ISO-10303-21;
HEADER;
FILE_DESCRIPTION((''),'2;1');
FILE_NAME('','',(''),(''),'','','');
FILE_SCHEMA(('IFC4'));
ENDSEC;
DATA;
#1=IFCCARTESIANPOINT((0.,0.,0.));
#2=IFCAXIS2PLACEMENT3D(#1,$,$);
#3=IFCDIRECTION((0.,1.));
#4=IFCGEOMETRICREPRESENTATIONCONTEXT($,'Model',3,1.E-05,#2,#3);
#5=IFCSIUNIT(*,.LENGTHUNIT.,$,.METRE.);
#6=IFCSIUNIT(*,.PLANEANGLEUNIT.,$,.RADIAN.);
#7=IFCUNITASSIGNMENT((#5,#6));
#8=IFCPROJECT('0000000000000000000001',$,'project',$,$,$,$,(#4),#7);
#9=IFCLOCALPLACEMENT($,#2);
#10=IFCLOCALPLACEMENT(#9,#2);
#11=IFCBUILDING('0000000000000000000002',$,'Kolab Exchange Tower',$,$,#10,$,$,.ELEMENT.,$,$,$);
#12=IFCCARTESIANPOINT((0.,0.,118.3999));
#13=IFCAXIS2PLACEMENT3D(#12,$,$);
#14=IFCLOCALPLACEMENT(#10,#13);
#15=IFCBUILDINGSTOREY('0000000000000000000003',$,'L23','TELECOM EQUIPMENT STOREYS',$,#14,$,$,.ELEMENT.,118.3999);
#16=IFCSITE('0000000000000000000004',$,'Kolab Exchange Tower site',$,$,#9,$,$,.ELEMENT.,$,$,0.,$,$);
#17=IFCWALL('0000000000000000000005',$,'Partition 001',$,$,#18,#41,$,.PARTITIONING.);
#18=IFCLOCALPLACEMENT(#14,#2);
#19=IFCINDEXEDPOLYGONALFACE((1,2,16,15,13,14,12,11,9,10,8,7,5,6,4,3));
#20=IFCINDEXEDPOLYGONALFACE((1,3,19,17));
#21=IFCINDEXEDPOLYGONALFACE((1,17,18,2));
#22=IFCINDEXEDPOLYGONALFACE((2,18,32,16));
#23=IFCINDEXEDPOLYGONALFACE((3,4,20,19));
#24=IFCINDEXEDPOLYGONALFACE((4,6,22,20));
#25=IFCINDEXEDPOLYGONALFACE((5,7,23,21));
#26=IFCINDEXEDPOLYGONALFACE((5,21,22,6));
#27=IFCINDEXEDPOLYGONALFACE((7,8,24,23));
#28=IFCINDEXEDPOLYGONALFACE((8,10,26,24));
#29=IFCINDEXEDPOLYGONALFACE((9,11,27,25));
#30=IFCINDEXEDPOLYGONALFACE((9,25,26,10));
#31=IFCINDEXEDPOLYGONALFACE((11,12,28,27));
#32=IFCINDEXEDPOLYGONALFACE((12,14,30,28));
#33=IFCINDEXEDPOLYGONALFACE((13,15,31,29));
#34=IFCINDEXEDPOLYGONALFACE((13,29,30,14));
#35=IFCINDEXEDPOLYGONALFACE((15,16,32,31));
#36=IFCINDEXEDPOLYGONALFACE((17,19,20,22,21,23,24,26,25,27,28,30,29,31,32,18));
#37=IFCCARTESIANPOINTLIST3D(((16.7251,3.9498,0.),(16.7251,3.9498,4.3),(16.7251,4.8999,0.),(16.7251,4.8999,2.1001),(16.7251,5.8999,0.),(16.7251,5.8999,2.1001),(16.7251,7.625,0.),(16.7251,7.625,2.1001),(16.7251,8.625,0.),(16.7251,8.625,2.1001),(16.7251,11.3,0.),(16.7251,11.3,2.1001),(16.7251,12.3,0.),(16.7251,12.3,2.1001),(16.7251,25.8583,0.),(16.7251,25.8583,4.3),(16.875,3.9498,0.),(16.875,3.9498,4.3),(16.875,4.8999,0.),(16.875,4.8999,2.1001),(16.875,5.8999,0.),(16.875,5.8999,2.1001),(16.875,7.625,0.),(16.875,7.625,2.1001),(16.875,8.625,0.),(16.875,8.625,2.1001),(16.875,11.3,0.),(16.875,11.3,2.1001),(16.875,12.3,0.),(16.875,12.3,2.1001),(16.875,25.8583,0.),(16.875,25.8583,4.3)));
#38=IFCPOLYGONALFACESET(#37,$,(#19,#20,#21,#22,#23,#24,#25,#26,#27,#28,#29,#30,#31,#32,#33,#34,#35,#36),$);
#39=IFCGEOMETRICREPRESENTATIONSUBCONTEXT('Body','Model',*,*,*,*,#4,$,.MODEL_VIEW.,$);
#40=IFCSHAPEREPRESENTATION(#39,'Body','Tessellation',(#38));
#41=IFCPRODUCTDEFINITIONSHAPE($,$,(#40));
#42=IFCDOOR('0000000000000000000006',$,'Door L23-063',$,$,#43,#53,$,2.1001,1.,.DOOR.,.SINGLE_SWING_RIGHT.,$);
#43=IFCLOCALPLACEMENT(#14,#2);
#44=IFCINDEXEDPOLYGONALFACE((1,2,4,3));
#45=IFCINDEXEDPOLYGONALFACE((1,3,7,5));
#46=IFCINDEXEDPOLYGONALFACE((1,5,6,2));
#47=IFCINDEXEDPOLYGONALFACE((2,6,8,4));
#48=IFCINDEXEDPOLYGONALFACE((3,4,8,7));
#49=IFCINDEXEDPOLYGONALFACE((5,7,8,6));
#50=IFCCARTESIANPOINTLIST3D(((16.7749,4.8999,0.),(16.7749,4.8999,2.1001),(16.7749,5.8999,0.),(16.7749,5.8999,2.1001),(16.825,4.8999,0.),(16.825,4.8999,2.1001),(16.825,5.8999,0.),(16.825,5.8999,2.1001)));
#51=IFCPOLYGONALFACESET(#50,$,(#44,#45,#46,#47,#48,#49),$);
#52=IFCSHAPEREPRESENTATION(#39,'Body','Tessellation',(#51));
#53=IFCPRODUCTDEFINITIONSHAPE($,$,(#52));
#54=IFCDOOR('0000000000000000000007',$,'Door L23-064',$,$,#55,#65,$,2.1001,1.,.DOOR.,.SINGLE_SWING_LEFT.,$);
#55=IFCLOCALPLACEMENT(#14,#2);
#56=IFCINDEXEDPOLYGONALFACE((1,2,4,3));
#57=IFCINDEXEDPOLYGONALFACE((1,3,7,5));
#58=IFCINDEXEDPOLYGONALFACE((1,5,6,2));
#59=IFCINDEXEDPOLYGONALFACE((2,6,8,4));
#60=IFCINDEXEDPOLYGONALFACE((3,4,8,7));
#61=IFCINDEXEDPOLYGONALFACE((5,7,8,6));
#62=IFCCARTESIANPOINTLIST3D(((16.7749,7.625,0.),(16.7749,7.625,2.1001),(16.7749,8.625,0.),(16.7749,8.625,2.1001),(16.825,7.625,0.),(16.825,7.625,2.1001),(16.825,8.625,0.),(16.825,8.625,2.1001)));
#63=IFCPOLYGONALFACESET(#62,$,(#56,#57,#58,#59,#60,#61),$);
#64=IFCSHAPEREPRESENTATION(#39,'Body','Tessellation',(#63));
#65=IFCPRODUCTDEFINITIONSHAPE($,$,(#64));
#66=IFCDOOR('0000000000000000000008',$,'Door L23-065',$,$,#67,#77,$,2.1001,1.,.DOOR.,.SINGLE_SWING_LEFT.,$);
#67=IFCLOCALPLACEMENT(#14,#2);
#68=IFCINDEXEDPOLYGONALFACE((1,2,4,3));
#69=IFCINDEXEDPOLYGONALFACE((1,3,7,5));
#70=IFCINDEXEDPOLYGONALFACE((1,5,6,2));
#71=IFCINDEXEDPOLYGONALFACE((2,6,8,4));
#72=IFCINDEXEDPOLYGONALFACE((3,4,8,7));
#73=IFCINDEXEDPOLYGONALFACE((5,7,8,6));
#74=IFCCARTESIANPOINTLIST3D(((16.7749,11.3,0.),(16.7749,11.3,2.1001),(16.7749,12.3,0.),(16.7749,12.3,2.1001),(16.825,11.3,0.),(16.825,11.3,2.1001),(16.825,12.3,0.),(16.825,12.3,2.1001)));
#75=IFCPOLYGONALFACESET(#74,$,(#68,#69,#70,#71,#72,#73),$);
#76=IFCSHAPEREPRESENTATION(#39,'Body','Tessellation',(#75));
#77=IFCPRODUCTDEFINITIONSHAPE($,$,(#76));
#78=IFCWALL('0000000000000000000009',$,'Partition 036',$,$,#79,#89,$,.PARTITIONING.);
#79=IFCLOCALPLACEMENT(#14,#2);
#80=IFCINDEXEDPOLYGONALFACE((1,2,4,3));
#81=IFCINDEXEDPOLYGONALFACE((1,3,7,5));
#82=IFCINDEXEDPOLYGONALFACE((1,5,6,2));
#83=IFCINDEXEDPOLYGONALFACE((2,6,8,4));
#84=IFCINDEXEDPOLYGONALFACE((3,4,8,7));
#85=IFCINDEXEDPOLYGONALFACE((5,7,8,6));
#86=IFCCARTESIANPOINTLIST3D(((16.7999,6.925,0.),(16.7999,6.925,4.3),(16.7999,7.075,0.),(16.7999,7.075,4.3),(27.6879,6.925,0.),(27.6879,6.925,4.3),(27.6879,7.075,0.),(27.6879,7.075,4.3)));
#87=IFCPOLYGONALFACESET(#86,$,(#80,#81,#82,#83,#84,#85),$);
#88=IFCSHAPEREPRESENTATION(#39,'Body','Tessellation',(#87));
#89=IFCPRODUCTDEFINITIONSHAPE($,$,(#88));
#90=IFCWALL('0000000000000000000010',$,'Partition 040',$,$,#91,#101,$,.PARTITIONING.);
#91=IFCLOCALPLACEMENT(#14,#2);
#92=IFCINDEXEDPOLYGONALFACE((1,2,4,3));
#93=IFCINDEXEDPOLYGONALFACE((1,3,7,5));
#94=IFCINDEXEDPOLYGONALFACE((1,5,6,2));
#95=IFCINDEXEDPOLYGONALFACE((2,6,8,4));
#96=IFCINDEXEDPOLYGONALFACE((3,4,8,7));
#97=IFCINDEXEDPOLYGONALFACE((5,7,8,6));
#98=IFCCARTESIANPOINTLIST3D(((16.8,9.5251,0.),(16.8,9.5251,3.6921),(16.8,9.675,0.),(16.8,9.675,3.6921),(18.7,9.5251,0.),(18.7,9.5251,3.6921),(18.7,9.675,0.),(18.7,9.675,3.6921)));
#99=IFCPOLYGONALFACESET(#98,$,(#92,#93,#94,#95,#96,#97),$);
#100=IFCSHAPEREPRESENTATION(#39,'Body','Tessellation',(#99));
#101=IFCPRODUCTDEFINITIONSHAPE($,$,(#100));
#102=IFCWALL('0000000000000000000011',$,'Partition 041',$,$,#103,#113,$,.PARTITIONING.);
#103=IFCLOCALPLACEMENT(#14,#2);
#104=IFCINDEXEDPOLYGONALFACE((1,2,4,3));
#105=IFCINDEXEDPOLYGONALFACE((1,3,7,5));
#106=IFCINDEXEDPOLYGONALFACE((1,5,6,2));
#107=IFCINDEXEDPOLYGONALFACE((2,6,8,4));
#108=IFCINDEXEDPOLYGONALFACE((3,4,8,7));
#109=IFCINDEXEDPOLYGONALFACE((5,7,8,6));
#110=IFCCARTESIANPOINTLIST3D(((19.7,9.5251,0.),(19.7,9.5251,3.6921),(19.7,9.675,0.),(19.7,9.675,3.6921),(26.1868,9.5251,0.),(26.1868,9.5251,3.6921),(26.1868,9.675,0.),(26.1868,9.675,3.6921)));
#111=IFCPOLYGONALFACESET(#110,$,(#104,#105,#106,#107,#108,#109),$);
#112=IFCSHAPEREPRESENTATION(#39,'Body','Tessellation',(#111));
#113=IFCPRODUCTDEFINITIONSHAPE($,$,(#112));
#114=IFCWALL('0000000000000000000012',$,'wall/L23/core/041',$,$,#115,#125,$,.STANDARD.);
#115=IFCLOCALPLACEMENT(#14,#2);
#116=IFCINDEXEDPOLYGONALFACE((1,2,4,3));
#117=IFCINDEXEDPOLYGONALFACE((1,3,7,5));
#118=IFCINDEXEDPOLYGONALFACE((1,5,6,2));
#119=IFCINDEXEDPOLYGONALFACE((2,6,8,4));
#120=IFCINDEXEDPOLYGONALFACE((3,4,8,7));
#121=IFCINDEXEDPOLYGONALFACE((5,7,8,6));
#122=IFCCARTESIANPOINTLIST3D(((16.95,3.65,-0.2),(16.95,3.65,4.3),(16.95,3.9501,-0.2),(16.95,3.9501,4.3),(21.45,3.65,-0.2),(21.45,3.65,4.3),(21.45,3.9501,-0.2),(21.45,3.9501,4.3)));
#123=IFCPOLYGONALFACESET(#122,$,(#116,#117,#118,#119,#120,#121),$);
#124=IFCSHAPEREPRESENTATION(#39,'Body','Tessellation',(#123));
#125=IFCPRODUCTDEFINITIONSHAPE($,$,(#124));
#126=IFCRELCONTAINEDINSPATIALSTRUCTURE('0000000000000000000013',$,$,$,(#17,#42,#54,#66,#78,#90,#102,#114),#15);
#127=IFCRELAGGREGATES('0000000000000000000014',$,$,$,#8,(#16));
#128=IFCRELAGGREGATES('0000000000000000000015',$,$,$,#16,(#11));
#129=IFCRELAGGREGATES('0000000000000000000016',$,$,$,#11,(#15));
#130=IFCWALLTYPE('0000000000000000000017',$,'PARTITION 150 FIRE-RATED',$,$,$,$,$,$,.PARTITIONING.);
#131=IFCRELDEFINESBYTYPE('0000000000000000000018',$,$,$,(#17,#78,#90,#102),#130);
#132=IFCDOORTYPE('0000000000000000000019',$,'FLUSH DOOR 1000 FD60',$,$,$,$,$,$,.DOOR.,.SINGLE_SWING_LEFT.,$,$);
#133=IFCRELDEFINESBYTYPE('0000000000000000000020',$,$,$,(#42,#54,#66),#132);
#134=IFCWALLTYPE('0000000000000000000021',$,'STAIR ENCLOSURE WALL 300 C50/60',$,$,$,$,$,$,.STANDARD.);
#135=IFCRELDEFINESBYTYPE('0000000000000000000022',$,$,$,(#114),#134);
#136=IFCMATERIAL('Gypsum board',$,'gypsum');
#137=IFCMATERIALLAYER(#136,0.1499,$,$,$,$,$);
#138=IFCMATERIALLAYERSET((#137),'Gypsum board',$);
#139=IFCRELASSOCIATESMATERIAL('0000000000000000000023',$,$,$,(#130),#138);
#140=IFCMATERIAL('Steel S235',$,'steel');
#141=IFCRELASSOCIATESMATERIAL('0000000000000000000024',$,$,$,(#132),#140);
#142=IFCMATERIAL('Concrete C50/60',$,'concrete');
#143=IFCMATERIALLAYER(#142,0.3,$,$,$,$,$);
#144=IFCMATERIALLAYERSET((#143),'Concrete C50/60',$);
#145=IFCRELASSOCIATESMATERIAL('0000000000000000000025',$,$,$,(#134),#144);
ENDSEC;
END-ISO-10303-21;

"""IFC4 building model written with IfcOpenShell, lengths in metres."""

from ifc_helpers import new_model, si_unit, direction, frame, frame_2d, origin, place, context, subcontext, project, spatial, rectangle, extrude, material, layer, layer_set, type_object, element, fill, save


model = new_model("IFC4")

# Units and contexts
model_context = context("Model", 3, precision=1e-05, world=origin(), true_north=direction((0.0, 1.0)))
body_context = subcontext(model_context, "Body", "Model", "MODEL_VIEW")
ifc_project = project(units=[si_unit("LENGTHUNIT", "METRE"), si_unit("PLANEANGLEUNIT", "RADIAN")], contexts=[model_context])

# Site, building, storey
site_placement = place(None, origin())
site = spatial("IfcSite", under=ifc_project, at=site_placement, Name="Kolab Exchange Tower site", CompositionType="ELEMENT", RefElevation=0.0)
building_placement = place(site_placement, origin())
building = spatial("IfcBuilding", under=site, at=building_placement, Name="Kolab Exchange Tower", CompositionType="ELEMENT")
storey_placement = place(building_placement, frame((0.0, 0.0, 118.3999)))
storey = spatial("IfcBuildingStorey", under=building, at=storey_placement, Name="L23", Description="TELECOM EQUIPMENT STOREYS", CompositionType="ELEMENT", Elevation=118.3999)

# Wall, openings, doors
ifc_material_1 = material(Name="Gypsum board", Category="gypsum")
ifc_layer_1 = layer(ifc_material_1, 0.1499)
ifc_layer_set_1 = layer_set([ifc_layer_1], Name="Gypsum board")
wall_type_1 = type_object("IfcWallType", Name="PARTITION 150 FIRE-RATED", PredefinedType="PARTITIONING", material=ifc_layer_set_1)
wall_1_placement = place(storey_placement, frame((16.8, 3.95, 0.0), z_axis=(0.0, 0.0, 1.0), x_axis=(0.0, 1.0, 0.0)))
wall_1 = element("IfcWall", 1, at=wall_1_placement, inside=storey, type_object=wall_type_1, Name="Partition 001", PredefinedType="PARTITIONING", context=body_context, shape_type="SweptSolid", body=[
    extrude(rectangle(XDim=21.9084, YDim=0.1499, at=frame_2d((10.9541, 0.0))), origin(), (0.0, 0.0, 1.0), 4.3),
])
opening_1_placement = place(wall_1_placement, frame((0.95, 0.0, 0.0)))
opening_1 = element("IfcOpeningElement", 2, at=opening_1_placement, cuts=wall_1, PredefinedType="OPENING", context=body_context, shape_type="SweptSolid", body=[
    extrude(rectangle(XDim=1.0, YDim=2.1001, at=frame_2d((0.5, 1.05))), frame((0.0, 0.085, 0.0), z_axis=(0.0, -1.0, 0.0), x_axis=(1.0, 0.0, 0.0)), (0.0, 0.0, 1.0), 0.1699),
])
opening_2_placement = place(wall_1_placement, frame((3.675, 0.0, 0.0)))
opening_2 = element("IfcOpeningElement", 3, at=opening_2_placement, cuts=wall_1, PredefinedType="OPENING", context=body_context, shape_type="SweptSolid", body=[
    extrude(rectangle(XDim=1.0, YDim=2.1001, at=frame_2d((0.5, 1.05))), frame((0.0, 0.085, 0.0), z_axis=(0.0, -1.0, 0.0), x_axis=(1.0, 0.0, 0.0)), (0.0, 0.0, 1.0), 0.1699),
])
opening_3_placement = place(wall_1_placement, frame((7.3501, 0.0, 0.0)))
opening_3 = element("IfcOpeningElement", 4, at=opening_3_placement, cuts=wall_1, PredefinedType="OPENING", context=body_context, shape_type="SweptSolid", body=[
    extrude(rectangle(XDim=1.0, YDim=2.1001, at=frame_2d((0.5, 1.05))), frame((0.0, 0.085, 0.0), z_axis=(0.0, -1.0, 0.0), x_axis=(1.0, 0.0, 0.0)), (0.0, 0.0, 1.0), 0.1699),
])
ifc_material_2 = material(Name="Steel S235", Category="steel")
door_type = type_object("IfcDoorType", Name="FLUSH DOOR 1000 FD60", OperationType="SINGLE_SWING_LEFT", PredefinedType="DOOR", material=ifc_material_2)
door_1_placement = place(opening_1_placement, frame((1.0, 0.0, 0.0), z_axis=(0.0, 0.0, 1.0), x_axis=(-1.0, 0.0, 0.0)))
door_1 = element("IfcDoor", 5, at=door_1_placement, inside=storey, type_object=door_type, Name="Door L23-063", OperationType="SINGLE_SWING_RIGHT", OverallHeight=2.1001, OverallWidth=1.0, PredefinedType="DOOR", context=body_context, shape_type="SweptSolid", body=[
    extrude(rectangle(XDim=1.0, YDim=2.1001, at=frame_2d((0.5, 1.05))), frame((0.0, 0.0249, 0.0), z_axis=(0.0, -1.0, 0.0), x_axis=(1.0, 0.0, 0.0)), (0.0, 0.0, 1.0), 0.05),
])
fill(opening_1, door_1)
door_2_placement = place(opening_2_placement, frame((1.0, 0.0, 0.0), z_axis=(0.0, 0.0, 1.0), x_axis=(-1.0, 0.0, 0.0)))
door_2 = element("IfcDoor", 6, at=door_2_placement, inside=storey, type_object=door_type, Name="Door L23-064", OperationType="SINGLE_SWING_LEFT", OverallHeight=2.1001, OverallWidth=1.0, PredefinedType="DOOR", context=body_context, shape_type="SweptSolid", body=[
    extrude(rectangle(XDim=1.0, YDim=2.1001, at=frame_2d((0.5, 1.05))), frame((0.0, 0.0249, 0.0), z_axis=(0.0, -1.0, 0.0), x_axis=(1.0, 0.0, 0.0)), (0.0, 0.0, 1.0), 0.05),
])
fill(opening_2, door_2)
door_3_placement = place(opening_3_placement, frame((1.0, 0.0, 0.0), z_axis=(0.0, 0.0, 1.0), x_axis=(-1.0, 0.0, 0.0)))
door_3 = element("IfcDoor", 7, at=door_3_placement, inside=storey, type_object=door_type, Name="Door L23-065", OperationType="SINGLE_SWING_LEFT", OverallHeight=2.1001, OverallWidth=1.0, PredefinedType="DOOR", context=body_context, shape_type="SweptSolid", body=[
    extrude(rectangle(XDim=1.0, YDim=2.1001, at=frame_2d((0.5, 1.05))), frame((0.0, 0.0249, 0.0), z_axis=(0.0, -1.0, 0.0), x_axis=(1.0, 0.0, 0.0)), (0.0, 0.0, 1.0), 0.05),
])
fill(opening_3, door_3)

# Walls
wall_2_placement = place(storey_placement, frame((16.8, 7.0, 0.0), z_axis=(0.0, 0.0, 1.0), x_axis=(1.0, 0.0, 0.0)))
element("IfcWall", 8, at=wall_2_placement, inside=storey, type_object=wall_type_1, Name="Partition 036", PredefinedType="PARTITIONING", context=body_context, shape_type="SweptSolid", body=[
    extrude(rectangle(XDim=10.8879, YDim=0.1499, at=frame_2d((5.4438, 0.0))), origin(), (0.0, 0.0, 1.0), 4.3),
])
wall_3_placement = place(storey_placement, frame((16.8, 9.6001, 0.0), z_axis=(0.0, 0.0, 1.0), x_axis=(1.0, 0.0, 0.0)))
element("IfcWall", 9, at=wall_3_placement, inside=storey, type_object=wall_type_1, Name="Partition 040", PredefinedType="PARTITIONING", context=body_context, shape_type="SweptSolid", body=[
    extrude(rectangle(XDim=1.8999, YDim=0.1499, at=frame_2d((0.95, 0.0))), origin(), (0.0, 0.0, 1.0), 3.6921),
])
wall_4_placement = place(storey_placement, frame((19.7, 9.6001, 0.0), z_axis=(0.0, 0.0, 1.0), x_axis=(1.0, 0.0, 0.0)))
element("IfcWall", 10, at=wall_4_placement, inside=storey, type_object=wall_type_1, Name="Partition 041", PredefinedType="PARTITIONING", context=body_context, shape_type="SweptSolid", body=[
    extrude(rectangle(XDim=6.4868, YDim=0.1499, at=frame_2d((3.2434, 0.0))), origin(), (0.0, 0.0, 1.0), 3.6921),
])
ifc_material_3 = material(Name="Concrete C50/60", Category="concrete")
ifc_layer_2 = layer(ifc_material_3, 0.3)
ifc_layer_set_2 = layer_set([ifc_layer_2], Name="Concrete C50/60")
wall_type_2 = type_object("IfcWallType", Name="STAIR ENCLOSURE WALL 300 C50/60", PredefinedType="STANDARD", material=ifc_layer_set_2)
wall_5_placement = place(storey_placement, frame((16.95, 3.8, -0.2), z_axis=(0.0, 0.0, 1.0), x_axis=(1.0, 0.0, 0.0)))
element("IfcWall", 11, at=wall_5_placement, inside=storey, type_object=wall_type_2, Name="wall/L23/core/041", PredefinedType="STANDARD", context=body_context, shape_type="SweptSolid", body=[
    extrude(rectangle(XDim=4.5, YDim=0.3, at=frame_2d((2.25, 0.0))), origin(), (0.0, 0.0, 1.0), 4.5),
])

save(model, "model.ifc")
